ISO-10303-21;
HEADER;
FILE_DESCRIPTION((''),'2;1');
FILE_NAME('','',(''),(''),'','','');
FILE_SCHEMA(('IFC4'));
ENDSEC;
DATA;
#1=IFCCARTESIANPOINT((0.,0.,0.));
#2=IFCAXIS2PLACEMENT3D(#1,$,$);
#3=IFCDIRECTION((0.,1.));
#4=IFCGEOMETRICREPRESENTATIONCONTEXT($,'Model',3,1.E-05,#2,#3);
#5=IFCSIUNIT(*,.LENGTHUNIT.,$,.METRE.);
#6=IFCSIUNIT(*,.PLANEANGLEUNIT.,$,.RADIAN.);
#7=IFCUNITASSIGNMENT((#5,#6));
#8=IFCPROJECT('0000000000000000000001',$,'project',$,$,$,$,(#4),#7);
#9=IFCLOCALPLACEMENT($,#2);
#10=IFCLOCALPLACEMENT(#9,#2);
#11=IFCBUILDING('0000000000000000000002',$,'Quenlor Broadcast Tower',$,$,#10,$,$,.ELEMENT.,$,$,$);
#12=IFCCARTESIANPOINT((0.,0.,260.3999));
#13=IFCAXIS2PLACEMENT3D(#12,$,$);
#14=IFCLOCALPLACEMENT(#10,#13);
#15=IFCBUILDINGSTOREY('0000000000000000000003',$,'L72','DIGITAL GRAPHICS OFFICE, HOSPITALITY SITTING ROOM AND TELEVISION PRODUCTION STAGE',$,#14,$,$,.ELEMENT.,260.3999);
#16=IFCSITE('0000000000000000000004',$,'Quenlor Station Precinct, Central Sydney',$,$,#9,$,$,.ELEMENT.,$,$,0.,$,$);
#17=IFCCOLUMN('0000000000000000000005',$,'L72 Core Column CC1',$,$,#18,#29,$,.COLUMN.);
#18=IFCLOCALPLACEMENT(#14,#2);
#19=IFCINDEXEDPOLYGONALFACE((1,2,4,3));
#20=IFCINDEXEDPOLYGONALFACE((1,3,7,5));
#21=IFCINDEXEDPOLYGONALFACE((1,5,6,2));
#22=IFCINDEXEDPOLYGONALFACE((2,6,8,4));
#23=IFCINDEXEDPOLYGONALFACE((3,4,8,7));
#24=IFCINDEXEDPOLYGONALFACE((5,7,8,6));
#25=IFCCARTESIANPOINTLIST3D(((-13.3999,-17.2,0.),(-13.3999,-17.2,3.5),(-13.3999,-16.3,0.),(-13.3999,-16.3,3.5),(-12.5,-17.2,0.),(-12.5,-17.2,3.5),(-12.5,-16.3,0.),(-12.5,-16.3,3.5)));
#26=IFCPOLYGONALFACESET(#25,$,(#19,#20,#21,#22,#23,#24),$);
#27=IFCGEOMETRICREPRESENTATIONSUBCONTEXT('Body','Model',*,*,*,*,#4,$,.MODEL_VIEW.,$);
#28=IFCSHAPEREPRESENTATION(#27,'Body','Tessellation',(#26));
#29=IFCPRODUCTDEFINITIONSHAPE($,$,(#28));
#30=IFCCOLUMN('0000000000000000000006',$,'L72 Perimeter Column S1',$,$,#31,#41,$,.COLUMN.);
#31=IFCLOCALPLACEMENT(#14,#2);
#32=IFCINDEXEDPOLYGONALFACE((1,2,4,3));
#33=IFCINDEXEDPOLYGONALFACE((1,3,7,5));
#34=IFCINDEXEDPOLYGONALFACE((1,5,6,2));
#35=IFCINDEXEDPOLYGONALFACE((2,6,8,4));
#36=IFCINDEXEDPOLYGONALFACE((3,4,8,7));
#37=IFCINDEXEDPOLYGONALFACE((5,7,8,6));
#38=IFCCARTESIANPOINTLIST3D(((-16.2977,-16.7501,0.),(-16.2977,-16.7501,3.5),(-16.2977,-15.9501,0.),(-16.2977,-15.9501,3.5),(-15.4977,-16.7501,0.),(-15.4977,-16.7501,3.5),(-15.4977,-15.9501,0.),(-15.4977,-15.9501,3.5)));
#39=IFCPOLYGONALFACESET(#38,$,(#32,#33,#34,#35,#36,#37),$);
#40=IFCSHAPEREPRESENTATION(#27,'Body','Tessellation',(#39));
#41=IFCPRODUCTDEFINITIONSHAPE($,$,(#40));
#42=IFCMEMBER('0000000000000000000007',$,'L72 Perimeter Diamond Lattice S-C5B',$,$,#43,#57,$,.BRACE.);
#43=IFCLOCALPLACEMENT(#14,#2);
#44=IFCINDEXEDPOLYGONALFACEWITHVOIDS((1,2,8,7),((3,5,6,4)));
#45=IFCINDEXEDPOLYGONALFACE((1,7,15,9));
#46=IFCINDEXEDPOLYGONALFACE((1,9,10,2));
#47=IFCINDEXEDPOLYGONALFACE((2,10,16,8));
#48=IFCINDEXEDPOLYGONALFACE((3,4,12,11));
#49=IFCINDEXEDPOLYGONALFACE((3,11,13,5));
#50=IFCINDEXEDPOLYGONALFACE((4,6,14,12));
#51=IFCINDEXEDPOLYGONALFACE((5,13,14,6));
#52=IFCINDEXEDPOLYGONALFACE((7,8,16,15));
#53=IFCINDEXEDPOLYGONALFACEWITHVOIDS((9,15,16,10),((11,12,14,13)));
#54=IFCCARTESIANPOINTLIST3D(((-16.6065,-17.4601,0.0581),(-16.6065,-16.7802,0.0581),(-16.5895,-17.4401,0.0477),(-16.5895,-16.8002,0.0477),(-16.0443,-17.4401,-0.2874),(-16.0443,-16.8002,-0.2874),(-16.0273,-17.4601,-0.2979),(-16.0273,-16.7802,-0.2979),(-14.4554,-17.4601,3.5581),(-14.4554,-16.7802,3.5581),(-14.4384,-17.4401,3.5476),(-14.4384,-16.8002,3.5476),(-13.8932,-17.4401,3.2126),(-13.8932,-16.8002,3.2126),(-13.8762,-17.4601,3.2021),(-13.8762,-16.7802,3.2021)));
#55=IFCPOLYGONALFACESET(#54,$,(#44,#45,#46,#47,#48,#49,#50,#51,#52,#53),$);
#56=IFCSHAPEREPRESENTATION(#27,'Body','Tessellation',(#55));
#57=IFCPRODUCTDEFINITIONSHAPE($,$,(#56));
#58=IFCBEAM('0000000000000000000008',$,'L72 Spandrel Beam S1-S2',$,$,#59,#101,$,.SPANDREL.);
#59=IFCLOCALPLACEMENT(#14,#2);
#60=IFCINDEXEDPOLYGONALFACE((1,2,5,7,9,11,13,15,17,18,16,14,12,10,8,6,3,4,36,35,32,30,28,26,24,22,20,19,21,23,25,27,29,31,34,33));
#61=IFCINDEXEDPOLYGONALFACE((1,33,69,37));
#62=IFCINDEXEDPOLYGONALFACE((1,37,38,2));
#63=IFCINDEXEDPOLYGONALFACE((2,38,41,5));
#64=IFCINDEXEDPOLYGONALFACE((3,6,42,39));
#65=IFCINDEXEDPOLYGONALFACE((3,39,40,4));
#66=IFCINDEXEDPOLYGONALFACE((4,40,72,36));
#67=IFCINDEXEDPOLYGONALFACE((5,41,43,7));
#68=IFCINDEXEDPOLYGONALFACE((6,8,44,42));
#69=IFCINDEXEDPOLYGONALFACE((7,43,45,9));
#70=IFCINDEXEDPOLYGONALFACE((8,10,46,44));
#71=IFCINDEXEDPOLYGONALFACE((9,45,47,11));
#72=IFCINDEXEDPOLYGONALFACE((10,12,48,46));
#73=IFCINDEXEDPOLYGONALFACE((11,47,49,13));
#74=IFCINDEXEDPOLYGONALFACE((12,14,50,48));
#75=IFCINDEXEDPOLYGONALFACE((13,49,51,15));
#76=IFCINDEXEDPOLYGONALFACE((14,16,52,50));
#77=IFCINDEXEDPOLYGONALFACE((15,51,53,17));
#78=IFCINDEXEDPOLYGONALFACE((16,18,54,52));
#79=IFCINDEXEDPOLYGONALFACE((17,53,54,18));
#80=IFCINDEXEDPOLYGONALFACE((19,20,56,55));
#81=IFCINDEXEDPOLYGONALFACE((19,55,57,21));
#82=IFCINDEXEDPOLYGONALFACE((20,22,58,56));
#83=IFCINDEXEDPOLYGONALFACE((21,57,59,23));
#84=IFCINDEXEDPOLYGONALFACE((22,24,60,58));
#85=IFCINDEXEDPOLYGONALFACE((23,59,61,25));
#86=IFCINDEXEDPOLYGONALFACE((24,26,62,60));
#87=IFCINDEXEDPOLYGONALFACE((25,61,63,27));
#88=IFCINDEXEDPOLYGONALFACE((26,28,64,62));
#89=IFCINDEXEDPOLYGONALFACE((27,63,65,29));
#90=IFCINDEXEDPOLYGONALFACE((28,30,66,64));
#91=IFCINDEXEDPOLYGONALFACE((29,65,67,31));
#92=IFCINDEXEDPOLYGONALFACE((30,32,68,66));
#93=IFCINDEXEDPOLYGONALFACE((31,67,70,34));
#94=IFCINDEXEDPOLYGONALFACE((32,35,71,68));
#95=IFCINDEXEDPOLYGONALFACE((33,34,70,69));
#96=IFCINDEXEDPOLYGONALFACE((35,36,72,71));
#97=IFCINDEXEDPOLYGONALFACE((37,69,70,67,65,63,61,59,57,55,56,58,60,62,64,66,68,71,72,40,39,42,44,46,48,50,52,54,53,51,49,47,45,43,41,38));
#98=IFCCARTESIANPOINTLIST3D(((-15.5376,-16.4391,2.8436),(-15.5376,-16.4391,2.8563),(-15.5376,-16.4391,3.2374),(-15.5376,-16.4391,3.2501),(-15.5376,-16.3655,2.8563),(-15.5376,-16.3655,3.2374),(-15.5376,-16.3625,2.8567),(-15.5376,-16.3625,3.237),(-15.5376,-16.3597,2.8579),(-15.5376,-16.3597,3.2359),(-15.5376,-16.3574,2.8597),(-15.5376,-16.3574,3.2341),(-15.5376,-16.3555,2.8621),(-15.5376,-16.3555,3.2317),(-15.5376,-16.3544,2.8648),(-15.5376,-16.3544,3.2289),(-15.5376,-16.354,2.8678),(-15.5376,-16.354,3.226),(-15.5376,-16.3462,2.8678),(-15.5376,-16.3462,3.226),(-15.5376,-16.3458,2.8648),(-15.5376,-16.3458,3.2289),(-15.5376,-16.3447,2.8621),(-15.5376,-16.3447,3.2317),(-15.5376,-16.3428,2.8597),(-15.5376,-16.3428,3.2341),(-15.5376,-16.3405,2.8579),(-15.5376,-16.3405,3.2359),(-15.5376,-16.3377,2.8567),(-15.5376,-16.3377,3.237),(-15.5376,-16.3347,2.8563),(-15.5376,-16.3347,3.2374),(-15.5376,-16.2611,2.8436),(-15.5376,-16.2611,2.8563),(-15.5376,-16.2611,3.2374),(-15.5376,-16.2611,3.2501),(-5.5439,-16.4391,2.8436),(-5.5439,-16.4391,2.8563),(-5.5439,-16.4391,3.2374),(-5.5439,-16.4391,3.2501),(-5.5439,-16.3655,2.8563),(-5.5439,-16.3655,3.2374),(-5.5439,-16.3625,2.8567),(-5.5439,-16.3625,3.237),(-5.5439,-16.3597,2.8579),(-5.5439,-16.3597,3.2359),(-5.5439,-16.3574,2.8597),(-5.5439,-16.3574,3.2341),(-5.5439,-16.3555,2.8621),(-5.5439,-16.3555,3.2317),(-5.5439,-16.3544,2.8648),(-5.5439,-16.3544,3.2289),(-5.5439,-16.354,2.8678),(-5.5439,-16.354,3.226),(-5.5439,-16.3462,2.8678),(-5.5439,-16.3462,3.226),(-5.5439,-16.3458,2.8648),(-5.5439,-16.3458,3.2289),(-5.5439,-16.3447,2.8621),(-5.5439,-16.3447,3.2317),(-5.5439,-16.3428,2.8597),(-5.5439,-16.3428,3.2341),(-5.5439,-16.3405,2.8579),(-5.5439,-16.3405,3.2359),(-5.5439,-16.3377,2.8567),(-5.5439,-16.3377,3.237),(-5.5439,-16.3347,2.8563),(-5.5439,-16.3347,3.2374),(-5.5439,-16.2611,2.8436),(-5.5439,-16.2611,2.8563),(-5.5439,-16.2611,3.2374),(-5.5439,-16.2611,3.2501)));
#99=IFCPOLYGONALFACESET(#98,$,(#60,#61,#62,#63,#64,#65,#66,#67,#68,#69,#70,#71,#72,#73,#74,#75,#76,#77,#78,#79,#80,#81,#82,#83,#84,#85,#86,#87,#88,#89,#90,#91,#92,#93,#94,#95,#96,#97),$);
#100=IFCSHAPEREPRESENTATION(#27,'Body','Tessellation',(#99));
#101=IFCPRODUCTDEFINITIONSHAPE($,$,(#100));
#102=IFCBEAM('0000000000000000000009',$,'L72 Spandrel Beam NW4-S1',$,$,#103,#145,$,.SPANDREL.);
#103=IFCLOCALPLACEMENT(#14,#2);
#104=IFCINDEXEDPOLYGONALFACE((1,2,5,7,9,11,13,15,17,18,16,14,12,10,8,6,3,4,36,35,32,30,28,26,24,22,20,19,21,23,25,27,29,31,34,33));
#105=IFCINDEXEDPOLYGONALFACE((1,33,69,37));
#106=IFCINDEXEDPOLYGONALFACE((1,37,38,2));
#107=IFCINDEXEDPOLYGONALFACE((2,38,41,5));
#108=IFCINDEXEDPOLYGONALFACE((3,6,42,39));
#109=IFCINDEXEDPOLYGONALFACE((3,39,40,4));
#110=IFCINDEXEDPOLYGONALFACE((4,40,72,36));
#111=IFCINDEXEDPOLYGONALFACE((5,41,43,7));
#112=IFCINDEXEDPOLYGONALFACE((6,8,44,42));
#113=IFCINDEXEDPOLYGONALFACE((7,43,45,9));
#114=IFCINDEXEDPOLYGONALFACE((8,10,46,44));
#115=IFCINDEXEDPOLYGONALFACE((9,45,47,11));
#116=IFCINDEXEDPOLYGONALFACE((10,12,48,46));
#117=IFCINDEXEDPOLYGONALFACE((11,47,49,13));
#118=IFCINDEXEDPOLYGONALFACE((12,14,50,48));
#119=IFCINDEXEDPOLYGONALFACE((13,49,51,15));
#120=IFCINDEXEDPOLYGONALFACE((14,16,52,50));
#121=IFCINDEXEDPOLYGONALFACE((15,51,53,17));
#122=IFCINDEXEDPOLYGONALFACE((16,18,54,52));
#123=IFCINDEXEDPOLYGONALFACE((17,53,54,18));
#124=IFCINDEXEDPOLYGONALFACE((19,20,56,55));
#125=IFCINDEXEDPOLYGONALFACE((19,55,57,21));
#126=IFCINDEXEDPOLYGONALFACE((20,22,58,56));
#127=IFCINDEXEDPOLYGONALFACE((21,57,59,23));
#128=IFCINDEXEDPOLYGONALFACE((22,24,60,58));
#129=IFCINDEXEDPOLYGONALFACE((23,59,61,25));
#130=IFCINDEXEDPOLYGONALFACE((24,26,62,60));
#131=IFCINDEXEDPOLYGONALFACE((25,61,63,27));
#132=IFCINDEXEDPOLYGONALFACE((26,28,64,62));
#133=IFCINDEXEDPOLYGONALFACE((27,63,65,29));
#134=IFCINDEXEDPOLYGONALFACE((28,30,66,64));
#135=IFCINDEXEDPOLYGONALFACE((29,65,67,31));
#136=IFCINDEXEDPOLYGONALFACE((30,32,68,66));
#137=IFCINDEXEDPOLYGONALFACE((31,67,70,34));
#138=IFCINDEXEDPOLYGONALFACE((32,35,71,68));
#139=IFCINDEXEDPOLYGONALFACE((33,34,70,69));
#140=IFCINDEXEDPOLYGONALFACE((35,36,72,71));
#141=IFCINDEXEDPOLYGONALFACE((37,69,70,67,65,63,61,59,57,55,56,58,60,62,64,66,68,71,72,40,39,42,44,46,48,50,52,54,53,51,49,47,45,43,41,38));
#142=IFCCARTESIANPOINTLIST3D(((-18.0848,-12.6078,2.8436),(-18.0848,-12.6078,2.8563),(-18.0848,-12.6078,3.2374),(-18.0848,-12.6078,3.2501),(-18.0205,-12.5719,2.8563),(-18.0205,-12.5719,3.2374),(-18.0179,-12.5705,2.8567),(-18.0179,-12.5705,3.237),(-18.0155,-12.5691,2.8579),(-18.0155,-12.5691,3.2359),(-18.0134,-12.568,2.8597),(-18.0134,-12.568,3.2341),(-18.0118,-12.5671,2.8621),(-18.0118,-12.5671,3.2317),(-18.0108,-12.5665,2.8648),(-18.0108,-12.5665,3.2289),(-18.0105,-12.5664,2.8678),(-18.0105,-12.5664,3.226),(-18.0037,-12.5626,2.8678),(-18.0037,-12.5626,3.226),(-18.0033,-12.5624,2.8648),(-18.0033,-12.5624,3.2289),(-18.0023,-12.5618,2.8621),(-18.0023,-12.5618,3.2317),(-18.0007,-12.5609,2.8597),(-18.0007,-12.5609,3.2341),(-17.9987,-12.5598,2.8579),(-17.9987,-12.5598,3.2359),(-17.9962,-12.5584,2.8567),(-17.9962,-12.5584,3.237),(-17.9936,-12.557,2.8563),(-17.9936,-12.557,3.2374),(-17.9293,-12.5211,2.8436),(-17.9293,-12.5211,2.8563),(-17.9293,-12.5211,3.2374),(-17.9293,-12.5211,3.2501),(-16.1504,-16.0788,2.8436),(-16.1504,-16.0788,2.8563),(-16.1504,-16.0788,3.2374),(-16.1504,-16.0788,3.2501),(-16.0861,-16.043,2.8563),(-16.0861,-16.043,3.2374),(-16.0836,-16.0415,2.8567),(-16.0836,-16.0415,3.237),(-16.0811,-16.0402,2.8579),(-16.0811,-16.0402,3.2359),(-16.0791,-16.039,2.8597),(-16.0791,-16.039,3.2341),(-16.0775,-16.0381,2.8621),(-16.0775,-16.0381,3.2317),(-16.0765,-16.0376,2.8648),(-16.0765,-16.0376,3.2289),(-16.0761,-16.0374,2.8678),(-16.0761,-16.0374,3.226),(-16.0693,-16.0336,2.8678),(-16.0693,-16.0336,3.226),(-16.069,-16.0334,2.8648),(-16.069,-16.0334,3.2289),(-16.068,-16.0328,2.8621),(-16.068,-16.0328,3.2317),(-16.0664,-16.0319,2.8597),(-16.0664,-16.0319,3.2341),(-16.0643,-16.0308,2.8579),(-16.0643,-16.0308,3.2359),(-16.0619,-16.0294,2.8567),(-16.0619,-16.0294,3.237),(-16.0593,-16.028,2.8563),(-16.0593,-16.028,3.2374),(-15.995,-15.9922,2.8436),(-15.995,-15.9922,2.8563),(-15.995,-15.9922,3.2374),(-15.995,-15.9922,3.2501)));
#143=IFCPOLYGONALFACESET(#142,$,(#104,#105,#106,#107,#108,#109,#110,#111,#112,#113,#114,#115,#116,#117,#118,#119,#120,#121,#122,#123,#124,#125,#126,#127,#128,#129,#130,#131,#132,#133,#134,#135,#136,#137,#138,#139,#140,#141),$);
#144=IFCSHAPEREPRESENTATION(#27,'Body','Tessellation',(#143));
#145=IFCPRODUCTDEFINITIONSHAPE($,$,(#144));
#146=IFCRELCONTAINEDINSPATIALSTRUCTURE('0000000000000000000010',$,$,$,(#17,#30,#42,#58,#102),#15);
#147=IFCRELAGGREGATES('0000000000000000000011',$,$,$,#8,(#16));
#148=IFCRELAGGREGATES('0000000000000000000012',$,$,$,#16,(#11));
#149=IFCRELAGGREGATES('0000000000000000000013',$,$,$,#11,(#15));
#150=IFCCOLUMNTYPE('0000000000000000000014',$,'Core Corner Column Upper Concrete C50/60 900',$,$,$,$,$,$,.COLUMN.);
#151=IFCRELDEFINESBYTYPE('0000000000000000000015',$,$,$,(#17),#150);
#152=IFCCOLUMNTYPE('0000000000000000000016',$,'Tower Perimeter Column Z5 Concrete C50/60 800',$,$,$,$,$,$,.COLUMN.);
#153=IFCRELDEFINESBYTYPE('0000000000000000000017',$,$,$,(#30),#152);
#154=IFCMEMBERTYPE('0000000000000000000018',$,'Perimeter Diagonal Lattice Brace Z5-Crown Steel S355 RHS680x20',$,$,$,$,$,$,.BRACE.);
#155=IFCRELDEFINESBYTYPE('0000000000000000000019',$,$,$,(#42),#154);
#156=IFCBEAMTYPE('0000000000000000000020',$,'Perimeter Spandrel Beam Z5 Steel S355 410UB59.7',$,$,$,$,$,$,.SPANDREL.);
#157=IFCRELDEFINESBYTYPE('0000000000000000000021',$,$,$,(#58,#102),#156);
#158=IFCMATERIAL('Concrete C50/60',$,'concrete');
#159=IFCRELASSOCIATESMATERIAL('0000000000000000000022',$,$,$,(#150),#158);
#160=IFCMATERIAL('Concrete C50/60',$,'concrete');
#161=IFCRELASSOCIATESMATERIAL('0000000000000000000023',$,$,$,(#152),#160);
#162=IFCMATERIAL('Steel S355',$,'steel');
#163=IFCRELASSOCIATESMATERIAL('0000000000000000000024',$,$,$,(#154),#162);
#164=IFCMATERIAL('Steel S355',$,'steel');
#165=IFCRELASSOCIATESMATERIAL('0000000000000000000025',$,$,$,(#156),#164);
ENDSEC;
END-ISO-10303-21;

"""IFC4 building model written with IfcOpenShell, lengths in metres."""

from ifc_helpers import new_model, si_unit, direction, frame, origin, origin_2d, place, context, subcontext, project, spatial, rectangle, hollow_rectangle, i_section, extrude, material, material_profile, profile_set, type_object, element, save


model = new_model("IFC4")

# Units and contexts
model_context = context("Model", 3, precision=1e-05, world=origin(), true_north=direction((0.0, 1.0)))
body_context = subcontext(model_context, "Body", "Model", "MODEL_VIEW")
ifc_project = project(units=[si_unit("LENGTHUNIT", "METRE"), si_unit("PLANEANGLEUNIT", "RADIAN")], contexts=[model_context])

# Site, building, storey
site_placement = place(None, origin())
site = spatial("IfcSite", under=ifc_project, at=site_placement, Name="Quenlor Station Precinct, Central Sydney", CompositionType="ELEMENT", RefElevation=0.0)
building_placement = place(site_placement, origin())
building = spatial("IfcBuilding", under=site, at=building_placement, Name="Quenlor Broadcast Tower", CompositionType="ELEMENT")
storey_placement = place(building_placement, frame((0.0, 0.0, 260.3999)))
storey = spatial("IfcBuildingStorey", under=building, at=storey_placement, Name="L72", Description="DIGITAL GRAPHICS OFFICE, HOSPITALITY SITTING ROOM AND TELEVISION PRODUCTION STAGE", CompositionType="ELEMENT", Elevation=260.3999)

# Columns
ifc_material_1 = material(Name="Concrete C50/60", Category="concrete")
ifc_material_profile_1 = material_profile(ifc_material_1, rectangle(XDim=0.8999, YDim=0.8999, at=origin_2d()))
ifc_profile_set_1 = profile_set([ifc_material_profile_1], Name="Concrete C50/60 RC900x900")
column_type_1 = type_object("IfcColumnType", Name="Core Corner Column Upper Concrete C50/60 900", PredefinedType="COLUMN", material=ifc_profile_set_1)
column_1_placement = place(storey_placement, frame((-12.95, -16.75, 0.0), z_axis=(0.0, 0.0, 1.0), x_axis=(1.0, 0.0, 0.0)))
element("IfcColumn", 1, at=column_1_placement, inside=storey, type_object=column_type_1, Name="L72 Core Column CC1", PredefinedType="COLUMN", context=body_context, shape_type="SweptSolid", body=[
    extrude(rectangle(XDim=0.8999, YDim=0.8999, at=origin_2d()), origin(), (0.0, 0.0, 1.0), 3.5),
])
ifc_material_2 = material(Name="Concrete C50/60", Category="concrete")
ifc_material_profile_2 = material_profile(ifc_material_2, rectangle(XDim=0.8, YDim=0.8, at=origin_2d()))
ifc_profile_set_2 = profile_set([ifc_material_profile_2], Name="Concrete C50/60 RC800x800")
column_type_2 = type_object("IfcColumnType", Name="Tower Perimeter Column Z5 Concrete C50/60 800", PredefinedType="COLUMN", material=ifc_profile_set_2)
column_2_placement = place(storey_placement, frame((-15.8977, -16.3501, 0.0), z_axis=(0.0, 0.0, 1.0), x_axis=(0.0, 1.0, 0.0)))
element("IfcColumn", 2, at=column_2_placement, inside=storey, type_object=column_type_2, Name="L72 Perimeter Column S1", PredefinedType="COLUMN", context=body_context, shape_type="SweptSolid", body=[
    extrude(rectangle(XDim=0.8, YDim=0.8, at=origin_2d()), origin(), (0.0, 0.0, 1.0), 3.5),
])

# Member
ifc_material_3 = material(Name="Steel S355", Category="steel")
ifc_material_profile_3 = material_profile(ifc_material_3, hollow_rectangle(XDim=0.6799, YDim=0.6799, WallThickness=0.02, at=origin_2d()))
ifc_profile_set_3 = profile_set([ifc_material_profile_3], Name="Steel S355 RHS680x680x20")
member_type = type_object("IfcMemberType", Name="Perimeter Diagonal Lattice Brace Z5-Crown Steel S355 RHS680x20", PredefinedType="BRACE", material=ifc_profile_set_3)
member_placement = place(storey_placement, frame((-16.3169, -17.1201, -0.1199), z_axis=(0.523617, 0.0, 0.851954), x_axis=(0.0, 1.0, 0.0)))
element("IfcMember", 3, at=member_placement, inside=storey, type_object=member_type, Name="L72 Perimeter Diamond Lattice S-C5B", PredefinedType="BRACE", context=body_context, shape_type="SweptSolid", body=[
    extrude(hollow_rectangle(XDim=0.6799, YDim=0.6799, WallThickness=0.02, at=origin_2d()), origin(), (0.0, 0.0, 1.0), 4.1082),
])

# Beams
ifc_material_4 = material(Name="Steel S355", Category="steel")
ifc_material_profile_4 = material_profile(ifc_material_4, i_section(OverallWidth=0.178, OverallDepth=0.4065, WebThickness=0.0078, FlangeThickness=0.0127, FilletRadius=0.0115, at=origin_2d()))
ifc_profile_set_4 = profile_set([ifc_material_profile_4], Name="Steel S355 410UB59.7")
beam_type_1 = type_object("IfcBeamType", Name="Perimeter Spandrel Beam Z5 Steel S355 410UB59.7", PredefinedType="SPANDREL", material=ifc_profile_set_4)
beam_1_placement = place(storey_placement, frame((-15.5376, -16.3501, 3.0469), z_axis=(1.0, 0.0, 0.0), x_axis=(0.0, 1.0, 0.0)))
element("IfcBeam", 4, at=beam_1_placement, inside=storey, type_object=beam_type_1, Name="L72 Spandrel Beam S1-S2", PredefinedType="SPANDREL", context=body_context, shape_type="SweptSolid", body=[
    extrude(i_section(OverallWidth=0.178, OverallDepth=0.4065, WebThickness=0.0078, FlangeThickness=0.0127, FilletRadius=0.0115, at=origin_2d()), origin(), (0.0, 0.0, 1.0), 9.9937),
])
beam_2_placement = place(storey_placement, frame((-18.0071, -12.5645, 3.0469), z_axis=(0.486801, -0.873513, 0.0), x_axis=(0.873513, 0.486801, 0.0)))
element("IfcBeam", 5, at=beam_2_placement, inside=storey, type_object=beam_type_1, Name="L72 Spandrel Beam NW4-S1", PredefinedType="SPANDREL", context=body_context, shape_type="SweptSolid", body=[
    extrude(i_section(OverallWidth=0.178, OverallDepth=0.4065, WebThickness=0.0078, FlangeThickness=0.0127, FilletRadius=0.0115, at=origin_2d()), origin(), (0.0, 0.0, 1.0), 3.9736),
])

save(model, "model.ifc")
